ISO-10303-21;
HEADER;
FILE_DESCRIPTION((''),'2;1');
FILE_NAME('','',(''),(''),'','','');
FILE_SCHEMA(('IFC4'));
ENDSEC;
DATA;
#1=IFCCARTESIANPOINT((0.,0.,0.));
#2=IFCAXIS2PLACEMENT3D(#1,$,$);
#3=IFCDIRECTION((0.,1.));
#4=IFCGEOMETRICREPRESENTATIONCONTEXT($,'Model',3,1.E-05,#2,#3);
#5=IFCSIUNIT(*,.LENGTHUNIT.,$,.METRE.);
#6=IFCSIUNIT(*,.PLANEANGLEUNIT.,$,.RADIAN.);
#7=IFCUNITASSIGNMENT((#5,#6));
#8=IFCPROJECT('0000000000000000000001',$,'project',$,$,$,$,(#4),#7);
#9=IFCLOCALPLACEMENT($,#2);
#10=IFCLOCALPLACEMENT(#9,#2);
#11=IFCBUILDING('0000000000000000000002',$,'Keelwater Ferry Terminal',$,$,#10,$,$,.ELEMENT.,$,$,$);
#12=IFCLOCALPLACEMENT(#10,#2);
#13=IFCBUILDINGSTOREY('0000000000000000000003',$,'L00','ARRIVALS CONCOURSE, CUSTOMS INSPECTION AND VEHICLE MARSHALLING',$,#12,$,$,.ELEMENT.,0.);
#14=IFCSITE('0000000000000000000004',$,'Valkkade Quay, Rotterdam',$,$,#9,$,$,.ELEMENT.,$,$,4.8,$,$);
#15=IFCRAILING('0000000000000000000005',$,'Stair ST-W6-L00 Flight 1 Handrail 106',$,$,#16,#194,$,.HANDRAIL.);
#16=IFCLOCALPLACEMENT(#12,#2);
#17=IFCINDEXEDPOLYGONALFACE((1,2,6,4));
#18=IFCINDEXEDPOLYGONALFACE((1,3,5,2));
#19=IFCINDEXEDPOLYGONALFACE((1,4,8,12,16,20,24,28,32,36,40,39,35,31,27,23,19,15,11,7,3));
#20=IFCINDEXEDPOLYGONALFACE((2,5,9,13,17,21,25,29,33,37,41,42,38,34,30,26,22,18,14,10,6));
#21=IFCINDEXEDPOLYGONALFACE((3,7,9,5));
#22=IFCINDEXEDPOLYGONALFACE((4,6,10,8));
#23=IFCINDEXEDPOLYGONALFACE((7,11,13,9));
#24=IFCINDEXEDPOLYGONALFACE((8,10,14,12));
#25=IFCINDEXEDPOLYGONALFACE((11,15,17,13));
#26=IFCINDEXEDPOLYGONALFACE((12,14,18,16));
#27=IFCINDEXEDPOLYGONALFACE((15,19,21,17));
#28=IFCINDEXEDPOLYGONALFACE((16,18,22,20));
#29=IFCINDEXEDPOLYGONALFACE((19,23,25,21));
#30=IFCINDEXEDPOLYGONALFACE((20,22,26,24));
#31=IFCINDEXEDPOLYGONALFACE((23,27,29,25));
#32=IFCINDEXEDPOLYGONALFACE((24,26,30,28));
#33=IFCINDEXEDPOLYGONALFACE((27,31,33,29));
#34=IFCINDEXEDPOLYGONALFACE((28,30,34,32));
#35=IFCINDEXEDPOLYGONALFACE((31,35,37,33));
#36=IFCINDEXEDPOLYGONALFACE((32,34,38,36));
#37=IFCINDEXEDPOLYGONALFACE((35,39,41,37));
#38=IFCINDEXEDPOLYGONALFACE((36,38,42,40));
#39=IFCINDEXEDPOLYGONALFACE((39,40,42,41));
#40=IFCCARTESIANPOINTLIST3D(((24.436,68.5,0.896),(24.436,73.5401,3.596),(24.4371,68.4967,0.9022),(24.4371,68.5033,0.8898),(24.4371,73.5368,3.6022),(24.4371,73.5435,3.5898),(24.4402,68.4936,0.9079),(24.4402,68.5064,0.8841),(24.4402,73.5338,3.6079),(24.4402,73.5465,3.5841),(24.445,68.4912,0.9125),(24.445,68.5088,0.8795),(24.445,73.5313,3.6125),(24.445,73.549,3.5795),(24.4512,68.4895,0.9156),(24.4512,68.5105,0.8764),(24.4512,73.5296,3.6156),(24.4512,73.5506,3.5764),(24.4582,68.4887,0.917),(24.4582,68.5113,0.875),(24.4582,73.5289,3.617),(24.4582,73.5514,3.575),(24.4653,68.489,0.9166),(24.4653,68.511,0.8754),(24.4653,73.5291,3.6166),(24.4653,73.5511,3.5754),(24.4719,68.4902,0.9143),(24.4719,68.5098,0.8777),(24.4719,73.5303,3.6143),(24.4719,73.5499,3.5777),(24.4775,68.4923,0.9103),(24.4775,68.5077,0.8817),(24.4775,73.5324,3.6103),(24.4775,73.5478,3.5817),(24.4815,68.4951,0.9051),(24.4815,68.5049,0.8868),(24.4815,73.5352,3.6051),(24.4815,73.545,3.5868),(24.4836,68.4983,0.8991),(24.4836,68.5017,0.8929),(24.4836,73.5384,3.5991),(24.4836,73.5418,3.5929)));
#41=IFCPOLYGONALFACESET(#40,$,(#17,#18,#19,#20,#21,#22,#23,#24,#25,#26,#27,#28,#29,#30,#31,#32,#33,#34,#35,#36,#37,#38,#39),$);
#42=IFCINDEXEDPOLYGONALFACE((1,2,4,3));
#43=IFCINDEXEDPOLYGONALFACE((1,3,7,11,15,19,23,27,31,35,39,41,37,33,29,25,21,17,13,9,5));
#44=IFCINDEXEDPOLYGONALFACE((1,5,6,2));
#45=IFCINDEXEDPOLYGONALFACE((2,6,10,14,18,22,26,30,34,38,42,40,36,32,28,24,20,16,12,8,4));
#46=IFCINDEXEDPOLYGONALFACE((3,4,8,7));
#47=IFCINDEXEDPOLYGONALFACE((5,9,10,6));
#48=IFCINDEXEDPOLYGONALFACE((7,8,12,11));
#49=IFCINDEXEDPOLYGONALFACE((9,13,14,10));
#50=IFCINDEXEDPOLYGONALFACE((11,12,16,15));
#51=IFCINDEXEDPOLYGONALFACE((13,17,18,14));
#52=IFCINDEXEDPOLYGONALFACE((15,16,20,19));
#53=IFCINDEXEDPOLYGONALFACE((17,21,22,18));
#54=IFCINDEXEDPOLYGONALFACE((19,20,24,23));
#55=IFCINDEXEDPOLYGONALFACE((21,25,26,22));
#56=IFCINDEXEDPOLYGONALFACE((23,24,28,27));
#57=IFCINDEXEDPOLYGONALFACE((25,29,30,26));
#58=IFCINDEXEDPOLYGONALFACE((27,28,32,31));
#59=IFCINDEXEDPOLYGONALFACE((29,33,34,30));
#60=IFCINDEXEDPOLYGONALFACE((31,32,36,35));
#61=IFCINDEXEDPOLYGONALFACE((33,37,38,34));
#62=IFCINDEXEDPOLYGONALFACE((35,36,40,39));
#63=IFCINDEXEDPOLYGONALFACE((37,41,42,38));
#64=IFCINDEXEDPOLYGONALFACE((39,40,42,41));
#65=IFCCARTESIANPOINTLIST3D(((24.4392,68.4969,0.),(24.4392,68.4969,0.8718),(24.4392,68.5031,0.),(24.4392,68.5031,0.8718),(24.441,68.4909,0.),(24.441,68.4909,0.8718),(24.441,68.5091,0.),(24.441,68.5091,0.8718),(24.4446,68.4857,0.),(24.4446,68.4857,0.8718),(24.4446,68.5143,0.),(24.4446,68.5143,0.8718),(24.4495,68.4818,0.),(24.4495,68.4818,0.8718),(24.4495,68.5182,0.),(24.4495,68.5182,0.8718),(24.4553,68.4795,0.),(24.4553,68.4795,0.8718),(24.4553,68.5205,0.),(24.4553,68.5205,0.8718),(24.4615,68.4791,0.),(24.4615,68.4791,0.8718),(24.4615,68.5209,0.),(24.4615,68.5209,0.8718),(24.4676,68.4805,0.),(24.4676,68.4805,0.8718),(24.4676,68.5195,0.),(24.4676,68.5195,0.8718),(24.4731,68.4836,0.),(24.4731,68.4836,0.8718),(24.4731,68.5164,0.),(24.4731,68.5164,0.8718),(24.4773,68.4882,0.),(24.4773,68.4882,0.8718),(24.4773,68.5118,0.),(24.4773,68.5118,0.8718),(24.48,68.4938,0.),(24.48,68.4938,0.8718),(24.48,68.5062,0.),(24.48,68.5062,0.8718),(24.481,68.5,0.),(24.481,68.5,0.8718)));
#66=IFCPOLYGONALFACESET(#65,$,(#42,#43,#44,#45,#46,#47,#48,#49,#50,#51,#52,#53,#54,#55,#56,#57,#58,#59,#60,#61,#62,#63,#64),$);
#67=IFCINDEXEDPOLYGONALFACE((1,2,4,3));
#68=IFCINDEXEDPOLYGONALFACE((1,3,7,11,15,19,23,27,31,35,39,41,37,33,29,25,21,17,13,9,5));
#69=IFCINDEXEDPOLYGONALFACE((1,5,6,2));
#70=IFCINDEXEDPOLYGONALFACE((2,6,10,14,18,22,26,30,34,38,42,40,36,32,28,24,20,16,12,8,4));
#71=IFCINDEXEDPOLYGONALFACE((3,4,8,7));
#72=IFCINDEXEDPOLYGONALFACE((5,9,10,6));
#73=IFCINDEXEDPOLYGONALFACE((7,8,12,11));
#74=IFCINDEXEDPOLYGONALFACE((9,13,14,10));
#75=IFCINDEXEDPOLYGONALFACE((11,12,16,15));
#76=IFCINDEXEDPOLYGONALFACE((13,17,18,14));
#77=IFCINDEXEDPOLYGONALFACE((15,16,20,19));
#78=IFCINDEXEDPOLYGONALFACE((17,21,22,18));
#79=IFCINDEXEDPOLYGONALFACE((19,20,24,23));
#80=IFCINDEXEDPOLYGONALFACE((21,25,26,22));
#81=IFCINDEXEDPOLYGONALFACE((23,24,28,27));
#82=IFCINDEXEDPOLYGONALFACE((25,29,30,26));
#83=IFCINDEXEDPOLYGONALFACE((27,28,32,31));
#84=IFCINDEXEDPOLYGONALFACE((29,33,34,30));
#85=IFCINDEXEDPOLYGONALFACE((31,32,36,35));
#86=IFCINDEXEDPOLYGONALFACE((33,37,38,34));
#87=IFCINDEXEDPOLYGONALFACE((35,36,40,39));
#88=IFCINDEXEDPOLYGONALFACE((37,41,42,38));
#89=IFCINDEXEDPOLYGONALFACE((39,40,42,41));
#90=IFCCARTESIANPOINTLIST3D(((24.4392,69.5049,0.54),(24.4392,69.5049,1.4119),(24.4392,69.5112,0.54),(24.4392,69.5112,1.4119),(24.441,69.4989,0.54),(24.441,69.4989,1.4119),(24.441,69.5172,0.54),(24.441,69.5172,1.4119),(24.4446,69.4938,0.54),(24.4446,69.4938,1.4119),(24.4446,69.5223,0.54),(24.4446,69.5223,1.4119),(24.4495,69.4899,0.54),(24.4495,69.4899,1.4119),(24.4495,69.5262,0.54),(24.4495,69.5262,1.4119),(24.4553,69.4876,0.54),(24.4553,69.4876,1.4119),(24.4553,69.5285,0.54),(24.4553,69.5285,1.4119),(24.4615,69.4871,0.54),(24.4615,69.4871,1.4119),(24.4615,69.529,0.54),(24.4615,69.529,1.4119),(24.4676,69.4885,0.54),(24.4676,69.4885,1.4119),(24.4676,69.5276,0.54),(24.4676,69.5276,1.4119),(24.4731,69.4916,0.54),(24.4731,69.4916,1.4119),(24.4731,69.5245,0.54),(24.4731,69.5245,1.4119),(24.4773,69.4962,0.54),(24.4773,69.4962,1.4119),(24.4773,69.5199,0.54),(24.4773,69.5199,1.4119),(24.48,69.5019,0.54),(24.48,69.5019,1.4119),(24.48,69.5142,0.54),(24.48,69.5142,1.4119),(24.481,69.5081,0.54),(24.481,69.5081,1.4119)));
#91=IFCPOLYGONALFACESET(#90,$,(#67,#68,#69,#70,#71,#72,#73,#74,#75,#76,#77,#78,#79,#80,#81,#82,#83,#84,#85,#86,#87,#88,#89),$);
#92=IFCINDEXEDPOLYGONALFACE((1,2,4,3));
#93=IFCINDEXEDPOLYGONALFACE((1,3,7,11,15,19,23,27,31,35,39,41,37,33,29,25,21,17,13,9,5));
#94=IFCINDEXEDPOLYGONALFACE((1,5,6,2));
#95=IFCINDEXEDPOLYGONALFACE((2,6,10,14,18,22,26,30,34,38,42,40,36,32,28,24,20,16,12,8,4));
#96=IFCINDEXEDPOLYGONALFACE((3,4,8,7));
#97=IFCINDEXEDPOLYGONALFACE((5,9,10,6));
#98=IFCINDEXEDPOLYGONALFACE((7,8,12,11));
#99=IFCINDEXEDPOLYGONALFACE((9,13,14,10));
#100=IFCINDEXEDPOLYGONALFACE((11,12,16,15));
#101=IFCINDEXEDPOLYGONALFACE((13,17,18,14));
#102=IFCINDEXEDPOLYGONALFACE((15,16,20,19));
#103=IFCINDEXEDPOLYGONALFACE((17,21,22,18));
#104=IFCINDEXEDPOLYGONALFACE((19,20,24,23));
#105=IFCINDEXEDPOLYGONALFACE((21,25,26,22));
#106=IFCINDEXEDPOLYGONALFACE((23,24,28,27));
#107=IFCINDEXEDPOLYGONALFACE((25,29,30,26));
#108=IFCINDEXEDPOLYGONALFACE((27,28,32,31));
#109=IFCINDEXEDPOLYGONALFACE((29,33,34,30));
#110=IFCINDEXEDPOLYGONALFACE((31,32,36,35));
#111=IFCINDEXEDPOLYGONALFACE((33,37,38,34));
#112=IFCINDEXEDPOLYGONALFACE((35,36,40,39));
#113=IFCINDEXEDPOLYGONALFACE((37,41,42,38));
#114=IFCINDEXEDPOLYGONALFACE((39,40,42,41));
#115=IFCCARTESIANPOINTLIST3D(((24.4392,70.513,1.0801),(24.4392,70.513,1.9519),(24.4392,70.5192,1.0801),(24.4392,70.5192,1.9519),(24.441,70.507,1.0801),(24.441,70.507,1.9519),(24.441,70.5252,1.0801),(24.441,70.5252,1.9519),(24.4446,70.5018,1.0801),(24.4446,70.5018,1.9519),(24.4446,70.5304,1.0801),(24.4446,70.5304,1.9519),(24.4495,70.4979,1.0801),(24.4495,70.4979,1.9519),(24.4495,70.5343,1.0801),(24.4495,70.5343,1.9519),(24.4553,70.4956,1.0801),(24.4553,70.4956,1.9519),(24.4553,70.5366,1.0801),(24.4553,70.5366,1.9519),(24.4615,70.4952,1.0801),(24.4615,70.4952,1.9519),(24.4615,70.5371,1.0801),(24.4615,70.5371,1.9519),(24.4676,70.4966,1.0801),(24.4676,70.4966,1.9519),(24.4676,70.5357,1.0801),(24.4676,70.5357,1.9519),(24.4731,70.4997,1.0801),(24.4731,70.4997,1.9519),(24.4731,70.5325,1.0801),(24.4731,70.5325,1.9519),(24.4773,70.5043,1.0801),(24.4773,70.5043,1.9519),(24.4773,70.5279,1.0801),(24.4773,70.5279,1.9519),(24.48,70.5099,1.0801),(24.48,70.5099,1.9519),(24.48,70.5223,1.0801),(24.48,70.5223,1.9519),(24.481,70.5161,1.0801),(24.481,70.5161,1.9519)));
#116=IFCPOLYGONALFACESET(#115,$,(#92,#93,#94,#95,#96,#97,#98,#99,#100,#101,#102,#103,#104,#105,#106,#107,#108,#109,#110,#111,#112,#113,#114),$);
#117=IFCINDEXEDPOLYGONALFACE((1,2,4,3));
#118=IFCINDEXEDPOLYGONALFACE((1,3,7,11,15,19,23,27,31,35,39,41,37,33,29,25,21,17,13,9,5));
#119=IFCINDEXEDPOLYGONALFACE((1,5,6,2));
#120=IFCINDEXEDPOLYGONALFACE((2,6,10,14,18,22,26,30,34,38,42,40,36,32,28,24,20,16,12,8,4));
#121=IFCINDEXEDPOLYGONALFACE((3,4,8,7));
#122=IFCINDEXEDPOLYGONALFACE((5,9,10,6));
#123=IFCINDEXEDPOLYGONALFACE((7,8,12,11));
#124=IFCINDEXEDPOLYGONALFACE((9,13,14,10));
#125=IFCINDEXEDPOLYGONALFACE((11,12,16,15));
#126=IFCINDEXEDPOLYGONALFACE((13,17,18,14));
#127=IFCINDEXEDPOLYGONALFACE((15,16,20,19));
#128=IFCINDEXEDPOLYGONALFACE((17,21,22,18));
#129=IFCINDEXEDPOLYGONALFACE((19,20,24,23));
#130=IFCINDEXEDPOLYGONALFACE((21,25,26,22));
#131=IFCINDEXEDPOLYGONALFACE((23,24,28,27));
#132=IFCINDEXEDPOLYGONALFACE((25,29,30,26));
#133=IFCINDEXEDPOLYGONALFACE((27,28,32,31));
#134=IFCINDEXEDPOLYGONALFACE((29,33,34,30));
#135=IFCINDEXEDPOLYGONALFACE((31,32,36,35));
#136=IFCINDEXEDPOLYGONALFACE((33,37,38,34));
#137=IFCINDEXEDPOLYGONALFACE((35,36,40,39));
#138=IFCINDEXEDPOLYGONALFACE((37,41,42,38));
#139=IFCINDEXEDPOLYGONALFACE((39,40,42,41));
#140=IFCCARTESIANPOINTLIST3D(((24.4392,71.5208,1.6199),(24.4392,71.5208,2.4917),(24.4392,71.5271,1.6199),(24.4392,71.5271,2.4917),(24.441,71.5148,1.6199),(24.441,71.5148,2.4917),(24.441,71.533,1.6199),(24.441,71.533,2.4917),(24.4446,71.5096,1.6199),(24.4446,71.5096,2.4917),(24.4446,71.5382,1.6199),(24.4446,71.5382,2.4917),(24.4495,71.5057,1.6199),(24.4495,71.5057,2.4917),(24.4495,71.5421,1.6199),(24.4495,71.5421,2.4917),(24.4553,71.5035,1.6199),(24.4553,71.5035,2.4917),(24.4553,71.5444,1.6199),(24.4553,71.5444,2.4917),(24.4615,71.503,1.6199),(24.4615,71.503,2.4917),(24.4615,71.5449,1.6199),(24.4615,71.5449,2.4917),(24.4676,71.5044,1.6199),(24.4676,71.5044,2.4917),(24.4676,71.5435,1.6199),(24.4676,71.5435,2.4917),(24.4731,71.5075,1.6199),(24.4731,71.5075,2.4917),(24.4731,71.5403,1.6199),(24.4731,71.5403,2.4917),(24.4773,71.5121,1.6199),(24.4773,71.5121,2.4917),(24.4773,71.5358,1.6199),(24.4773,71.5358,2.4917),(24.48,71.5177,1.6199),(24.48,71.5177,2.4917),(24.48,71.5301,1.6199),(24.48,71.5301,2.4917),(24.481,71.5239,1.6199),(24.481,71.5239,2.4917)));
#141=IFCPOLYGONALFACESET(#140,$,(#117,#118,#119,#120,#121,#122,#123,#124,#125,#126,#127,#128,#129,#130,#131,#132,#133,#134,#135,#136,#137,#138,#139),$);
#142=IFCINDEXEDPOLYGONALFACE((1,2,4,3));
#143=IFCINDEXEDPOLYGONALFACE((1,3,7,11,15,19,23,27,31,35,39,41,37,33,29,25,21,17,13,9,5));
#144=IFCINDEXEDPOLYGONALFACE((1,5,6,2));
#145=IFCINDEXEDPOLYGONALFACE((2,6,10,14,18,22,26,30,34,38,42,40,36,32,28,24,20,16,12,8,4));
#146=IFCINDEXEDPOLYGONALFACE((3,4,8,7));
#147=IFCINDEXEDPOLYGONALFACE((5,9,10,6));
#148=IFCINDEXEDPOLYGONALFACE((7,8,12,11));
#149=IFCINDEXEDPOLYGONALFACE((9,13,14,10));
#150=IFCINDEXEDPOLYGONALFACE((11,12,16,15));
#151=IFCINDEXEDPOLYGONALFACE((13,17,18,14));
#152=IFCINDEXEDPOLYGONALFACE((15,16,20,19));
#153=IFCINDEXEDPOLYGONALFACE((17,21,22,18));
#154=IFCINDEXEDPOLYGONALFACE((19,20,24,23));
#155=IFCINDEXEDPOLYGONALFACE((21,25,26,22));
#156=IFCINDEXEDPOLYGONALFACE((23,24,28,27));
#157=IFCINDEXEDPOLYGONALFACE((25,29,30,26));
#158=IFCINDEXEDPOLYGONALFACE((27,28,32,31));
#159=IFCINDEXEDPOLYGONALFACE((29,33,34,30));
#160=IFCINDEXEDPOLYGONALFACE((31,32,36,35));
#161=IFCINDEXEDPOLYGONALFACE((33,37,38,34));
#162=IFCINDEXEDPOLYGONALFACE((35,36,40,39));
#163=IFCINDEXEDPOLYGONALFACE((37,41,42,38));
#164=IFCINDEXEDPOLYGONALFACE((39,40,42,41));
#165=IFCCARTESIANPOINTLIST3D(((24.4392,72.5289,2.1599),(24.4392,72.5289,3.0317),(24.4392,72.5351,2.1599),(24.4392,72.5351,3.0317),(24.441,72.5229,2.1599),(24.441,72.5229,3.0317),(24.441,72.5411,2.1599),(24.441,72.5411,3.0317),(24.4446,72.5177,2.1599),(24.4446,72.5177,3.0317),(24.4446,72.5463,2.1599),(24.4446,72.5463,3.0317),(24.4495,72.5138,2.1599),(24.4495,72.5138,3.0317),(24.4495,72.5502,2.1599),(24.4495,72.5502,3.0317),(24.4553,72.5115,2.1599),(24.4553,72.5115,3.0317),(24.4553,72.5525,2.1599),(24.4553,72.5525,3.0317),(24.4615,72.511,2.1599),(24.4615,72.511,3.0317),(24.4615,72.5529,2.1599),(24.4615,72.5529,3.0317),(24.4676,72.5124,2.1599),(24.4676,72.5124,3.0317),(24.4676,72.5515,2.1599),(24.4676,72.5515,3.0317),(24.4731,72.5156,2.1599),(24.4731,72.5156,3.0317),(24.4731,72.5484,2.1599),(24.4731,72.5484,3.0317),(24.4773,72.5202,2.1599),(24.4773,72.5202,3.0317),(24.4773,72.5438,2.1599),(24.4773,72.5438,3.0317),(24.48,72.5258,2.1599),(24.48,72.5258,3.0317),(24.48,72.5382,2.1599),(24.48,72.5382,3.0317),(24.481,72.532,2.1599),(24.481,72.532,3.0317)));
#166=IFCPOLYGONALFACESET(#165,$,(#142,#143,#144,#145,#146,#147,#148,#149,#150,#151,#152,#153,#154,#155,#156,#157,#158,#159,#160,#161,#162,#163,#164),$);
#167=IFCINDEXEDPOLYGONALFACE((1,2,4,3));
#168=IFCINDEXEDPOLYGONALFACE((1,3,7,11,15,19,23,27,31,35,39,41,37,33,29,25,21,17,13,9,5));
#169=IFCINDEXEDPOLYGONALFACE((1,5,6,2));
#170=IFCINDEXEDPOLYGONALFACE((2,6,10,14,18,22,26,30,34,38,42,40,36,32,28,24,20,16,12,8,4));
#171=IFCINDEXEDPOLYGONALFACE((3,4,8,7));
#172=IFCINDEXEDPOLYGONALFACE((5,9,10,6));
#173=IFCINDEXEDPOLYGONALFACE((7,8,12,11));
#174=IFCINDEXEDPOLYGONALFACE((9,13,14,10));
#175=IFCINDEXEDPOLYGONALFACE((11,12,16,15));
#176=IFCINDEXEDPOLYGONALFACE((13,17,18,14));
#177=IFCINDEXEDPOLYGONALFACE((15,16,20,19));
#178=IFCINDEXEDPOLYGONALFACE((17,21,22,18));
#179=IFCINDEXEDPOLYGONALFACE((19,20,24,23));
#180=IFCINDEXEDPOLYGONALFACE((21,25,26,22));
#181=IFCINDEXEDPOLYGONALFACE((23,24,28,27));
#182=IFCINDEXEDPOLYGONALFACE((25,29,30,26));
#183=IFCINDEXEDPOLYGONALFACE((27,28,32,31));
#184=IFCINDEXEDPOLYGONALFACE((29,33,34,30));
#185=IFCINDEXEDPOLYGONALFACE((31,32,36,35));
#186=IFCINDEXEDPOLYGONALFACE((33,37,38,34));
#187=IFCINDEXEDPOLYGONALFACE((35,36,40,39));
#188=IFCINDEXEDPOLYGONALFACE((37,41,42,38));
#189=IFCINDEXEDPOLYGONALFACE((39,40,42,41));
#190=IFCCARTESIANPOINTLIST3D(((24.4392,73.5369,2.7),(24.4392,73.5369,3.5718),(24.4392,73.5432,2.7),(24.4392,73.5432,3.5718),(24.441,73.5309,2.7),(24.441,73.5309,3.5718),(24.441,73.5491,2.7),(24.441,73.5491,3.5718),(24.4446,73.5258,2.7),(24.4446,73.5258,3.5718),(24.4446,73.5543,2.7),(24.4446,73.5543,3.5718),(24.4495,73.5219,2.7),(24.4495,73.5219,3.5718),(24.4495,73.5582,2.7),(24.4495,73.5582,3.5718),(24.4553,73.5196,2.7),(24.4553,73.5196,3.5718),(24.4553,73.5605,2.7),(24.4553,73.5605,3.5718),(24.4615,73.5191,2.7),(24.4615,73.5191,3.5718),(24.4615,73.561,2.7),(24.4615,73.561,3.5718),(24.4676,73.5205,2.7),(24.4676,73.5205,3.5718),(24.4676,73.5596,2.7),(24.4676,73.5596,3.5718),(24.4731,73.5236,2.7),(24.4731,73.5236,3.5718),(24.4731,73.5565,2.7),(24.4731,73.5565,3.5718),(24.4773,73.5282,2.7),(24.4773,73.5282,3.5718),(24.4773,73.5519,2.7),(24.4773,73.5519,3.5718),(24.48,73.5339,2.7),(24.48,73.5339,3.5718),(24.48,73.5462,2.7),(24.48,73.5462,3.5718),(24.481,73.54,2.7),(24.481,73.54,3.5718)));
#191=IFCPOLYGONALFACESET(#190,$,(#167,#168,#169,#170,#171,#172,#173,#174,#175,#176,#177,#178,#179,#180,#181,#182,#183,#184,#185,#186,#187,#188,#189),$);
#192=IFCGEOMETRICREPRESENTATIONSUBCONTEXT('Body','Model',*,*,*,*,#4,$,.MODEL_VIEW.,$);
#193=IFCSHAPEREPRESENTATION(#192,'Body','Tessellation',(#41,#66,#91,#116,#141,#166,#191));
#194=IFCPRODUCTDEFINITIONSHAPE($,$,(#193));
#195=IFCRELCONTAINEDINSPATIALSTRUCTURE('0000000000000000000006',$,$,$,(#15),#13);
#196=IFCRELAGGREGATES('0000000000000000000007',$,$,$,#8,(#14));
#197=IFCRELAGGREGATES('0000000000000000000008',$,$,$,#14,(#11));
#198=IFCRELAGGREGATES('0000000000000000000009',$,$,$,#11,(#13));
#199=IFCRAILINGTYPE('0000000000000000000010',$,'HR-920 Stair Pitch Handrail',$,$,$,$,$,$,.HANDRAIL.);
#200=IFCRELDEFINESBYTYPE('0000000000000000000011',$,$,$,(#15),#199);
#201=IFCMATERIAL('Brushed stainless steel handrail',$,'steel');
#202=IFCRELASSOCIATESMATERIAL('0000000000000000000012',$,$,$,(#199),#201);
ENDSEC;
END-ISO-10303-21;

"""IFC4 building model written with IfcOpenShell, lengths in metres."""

from ifc_helpers import new_model, si_unit, direction, frame, origin, origin_2d, place, context, subcontext, project, spatial, circle, extrude, material, type_object, element, save


model = new_model("IFC4")

# Units and contexts
model_context = context("Model", 3, precision=1e-05, world=origin(), true_north=direction((0.0, 1.0)))
body_context = subcontext(model_context, "Body", "Model", "MODEL_VIEW")
ifc_project = project(units=[si_unit("LENGTHUNIT", "METRE"), si_unit("PLANEANGLEUNIT", "RADIAN")], contexts=[model_context])

# Site, building, storey
site_placement = place(None, origin())
site = spatial("IfcSite", under=ifc_project, at=site_placement, Name="Valkkade Quay, Rotterdam", CompositionType="ELEMENT", RefElevation=4.8)
building_placement = place(site_placement, origin())
building = spatial("IfcBuilding", under=site, at=building_placement, Name="Keelwater Ferry Terminal", CompositionType="ELEMENT")
storey_placement = place(building_placement, origin())
storey = spatial("IfcBuildingStorey", under=building, at=storey_placement, Name="L00", Description="ARRIVALS CONCOURSE, CUSTOMS INSPECTION AND VEHICLE MARSHALLING", CompositionType="ELEMENT", Elevation=0.0)

# Railing
ifc_material_1 = material(Name="Brushed stainless steel handrail", Category="steel")
railing_type = type_object("IfcRailingType", Name="HR-920 Stair Pitch Handrail", PredefinedType="HANDRAIL", material=ifc_material_1)
railing_placement = place(storey_placement, frame((24.46, 68.5, 0.0)))
element("IfcRailing", 1, at=railing_placement, inside=storey, type_object=railing_type, Name="Stair ST-W6-L00 Flight 1 Handrail 106", PredefinedType="HANDRAIL", context=body_context, shape_type="SweptSolid", body=[
    extrude(circle(Radius=0.0239, at=origin_2d()), frame((0.0, 0.0, 0.896), z_axis=(0.0, 0.881485, 0.472212), x_axis=(-1.0, 0.0, 0.0)), (0.0, 0.0, 1.0), 5.7178),
    extrude(circle(Radius=0.021, at=origin_2d()), origin(), (0.0, 0.0, 1.0), 0.8718),
    extrude(circle(Radius=0.021, at=origin_2d()), frame((0.0, 1.0081, 0.54)), (0.0, 0.0, 1.0), 0.8718),
    extrude(circle(Radius=0.021, at=origin_2d()), frame((0.0, 2.0161, 1.0801)), (0.0, 0.0, 1.0), 0.8718),
    extrude(circle(Radius=0.021, at=origin_2d()), frame((0.0, 3.0239, 1.6199)), (0.0, 0.0, 1.0), 0.8718),
    extrude(circle(Radius=0.021, at=origin_2d()), frame((0.0, 4.032, 2.1599)), (0.0, 0.0, 1.0), 0.8718),
    extrude(circle(Radius=0.021, at=origin_2d()), frame((0.0, 5.04, 2.7)), (0.0, 0.0, 1.0), 0.8718),
])

save(model, "model.ifc")
